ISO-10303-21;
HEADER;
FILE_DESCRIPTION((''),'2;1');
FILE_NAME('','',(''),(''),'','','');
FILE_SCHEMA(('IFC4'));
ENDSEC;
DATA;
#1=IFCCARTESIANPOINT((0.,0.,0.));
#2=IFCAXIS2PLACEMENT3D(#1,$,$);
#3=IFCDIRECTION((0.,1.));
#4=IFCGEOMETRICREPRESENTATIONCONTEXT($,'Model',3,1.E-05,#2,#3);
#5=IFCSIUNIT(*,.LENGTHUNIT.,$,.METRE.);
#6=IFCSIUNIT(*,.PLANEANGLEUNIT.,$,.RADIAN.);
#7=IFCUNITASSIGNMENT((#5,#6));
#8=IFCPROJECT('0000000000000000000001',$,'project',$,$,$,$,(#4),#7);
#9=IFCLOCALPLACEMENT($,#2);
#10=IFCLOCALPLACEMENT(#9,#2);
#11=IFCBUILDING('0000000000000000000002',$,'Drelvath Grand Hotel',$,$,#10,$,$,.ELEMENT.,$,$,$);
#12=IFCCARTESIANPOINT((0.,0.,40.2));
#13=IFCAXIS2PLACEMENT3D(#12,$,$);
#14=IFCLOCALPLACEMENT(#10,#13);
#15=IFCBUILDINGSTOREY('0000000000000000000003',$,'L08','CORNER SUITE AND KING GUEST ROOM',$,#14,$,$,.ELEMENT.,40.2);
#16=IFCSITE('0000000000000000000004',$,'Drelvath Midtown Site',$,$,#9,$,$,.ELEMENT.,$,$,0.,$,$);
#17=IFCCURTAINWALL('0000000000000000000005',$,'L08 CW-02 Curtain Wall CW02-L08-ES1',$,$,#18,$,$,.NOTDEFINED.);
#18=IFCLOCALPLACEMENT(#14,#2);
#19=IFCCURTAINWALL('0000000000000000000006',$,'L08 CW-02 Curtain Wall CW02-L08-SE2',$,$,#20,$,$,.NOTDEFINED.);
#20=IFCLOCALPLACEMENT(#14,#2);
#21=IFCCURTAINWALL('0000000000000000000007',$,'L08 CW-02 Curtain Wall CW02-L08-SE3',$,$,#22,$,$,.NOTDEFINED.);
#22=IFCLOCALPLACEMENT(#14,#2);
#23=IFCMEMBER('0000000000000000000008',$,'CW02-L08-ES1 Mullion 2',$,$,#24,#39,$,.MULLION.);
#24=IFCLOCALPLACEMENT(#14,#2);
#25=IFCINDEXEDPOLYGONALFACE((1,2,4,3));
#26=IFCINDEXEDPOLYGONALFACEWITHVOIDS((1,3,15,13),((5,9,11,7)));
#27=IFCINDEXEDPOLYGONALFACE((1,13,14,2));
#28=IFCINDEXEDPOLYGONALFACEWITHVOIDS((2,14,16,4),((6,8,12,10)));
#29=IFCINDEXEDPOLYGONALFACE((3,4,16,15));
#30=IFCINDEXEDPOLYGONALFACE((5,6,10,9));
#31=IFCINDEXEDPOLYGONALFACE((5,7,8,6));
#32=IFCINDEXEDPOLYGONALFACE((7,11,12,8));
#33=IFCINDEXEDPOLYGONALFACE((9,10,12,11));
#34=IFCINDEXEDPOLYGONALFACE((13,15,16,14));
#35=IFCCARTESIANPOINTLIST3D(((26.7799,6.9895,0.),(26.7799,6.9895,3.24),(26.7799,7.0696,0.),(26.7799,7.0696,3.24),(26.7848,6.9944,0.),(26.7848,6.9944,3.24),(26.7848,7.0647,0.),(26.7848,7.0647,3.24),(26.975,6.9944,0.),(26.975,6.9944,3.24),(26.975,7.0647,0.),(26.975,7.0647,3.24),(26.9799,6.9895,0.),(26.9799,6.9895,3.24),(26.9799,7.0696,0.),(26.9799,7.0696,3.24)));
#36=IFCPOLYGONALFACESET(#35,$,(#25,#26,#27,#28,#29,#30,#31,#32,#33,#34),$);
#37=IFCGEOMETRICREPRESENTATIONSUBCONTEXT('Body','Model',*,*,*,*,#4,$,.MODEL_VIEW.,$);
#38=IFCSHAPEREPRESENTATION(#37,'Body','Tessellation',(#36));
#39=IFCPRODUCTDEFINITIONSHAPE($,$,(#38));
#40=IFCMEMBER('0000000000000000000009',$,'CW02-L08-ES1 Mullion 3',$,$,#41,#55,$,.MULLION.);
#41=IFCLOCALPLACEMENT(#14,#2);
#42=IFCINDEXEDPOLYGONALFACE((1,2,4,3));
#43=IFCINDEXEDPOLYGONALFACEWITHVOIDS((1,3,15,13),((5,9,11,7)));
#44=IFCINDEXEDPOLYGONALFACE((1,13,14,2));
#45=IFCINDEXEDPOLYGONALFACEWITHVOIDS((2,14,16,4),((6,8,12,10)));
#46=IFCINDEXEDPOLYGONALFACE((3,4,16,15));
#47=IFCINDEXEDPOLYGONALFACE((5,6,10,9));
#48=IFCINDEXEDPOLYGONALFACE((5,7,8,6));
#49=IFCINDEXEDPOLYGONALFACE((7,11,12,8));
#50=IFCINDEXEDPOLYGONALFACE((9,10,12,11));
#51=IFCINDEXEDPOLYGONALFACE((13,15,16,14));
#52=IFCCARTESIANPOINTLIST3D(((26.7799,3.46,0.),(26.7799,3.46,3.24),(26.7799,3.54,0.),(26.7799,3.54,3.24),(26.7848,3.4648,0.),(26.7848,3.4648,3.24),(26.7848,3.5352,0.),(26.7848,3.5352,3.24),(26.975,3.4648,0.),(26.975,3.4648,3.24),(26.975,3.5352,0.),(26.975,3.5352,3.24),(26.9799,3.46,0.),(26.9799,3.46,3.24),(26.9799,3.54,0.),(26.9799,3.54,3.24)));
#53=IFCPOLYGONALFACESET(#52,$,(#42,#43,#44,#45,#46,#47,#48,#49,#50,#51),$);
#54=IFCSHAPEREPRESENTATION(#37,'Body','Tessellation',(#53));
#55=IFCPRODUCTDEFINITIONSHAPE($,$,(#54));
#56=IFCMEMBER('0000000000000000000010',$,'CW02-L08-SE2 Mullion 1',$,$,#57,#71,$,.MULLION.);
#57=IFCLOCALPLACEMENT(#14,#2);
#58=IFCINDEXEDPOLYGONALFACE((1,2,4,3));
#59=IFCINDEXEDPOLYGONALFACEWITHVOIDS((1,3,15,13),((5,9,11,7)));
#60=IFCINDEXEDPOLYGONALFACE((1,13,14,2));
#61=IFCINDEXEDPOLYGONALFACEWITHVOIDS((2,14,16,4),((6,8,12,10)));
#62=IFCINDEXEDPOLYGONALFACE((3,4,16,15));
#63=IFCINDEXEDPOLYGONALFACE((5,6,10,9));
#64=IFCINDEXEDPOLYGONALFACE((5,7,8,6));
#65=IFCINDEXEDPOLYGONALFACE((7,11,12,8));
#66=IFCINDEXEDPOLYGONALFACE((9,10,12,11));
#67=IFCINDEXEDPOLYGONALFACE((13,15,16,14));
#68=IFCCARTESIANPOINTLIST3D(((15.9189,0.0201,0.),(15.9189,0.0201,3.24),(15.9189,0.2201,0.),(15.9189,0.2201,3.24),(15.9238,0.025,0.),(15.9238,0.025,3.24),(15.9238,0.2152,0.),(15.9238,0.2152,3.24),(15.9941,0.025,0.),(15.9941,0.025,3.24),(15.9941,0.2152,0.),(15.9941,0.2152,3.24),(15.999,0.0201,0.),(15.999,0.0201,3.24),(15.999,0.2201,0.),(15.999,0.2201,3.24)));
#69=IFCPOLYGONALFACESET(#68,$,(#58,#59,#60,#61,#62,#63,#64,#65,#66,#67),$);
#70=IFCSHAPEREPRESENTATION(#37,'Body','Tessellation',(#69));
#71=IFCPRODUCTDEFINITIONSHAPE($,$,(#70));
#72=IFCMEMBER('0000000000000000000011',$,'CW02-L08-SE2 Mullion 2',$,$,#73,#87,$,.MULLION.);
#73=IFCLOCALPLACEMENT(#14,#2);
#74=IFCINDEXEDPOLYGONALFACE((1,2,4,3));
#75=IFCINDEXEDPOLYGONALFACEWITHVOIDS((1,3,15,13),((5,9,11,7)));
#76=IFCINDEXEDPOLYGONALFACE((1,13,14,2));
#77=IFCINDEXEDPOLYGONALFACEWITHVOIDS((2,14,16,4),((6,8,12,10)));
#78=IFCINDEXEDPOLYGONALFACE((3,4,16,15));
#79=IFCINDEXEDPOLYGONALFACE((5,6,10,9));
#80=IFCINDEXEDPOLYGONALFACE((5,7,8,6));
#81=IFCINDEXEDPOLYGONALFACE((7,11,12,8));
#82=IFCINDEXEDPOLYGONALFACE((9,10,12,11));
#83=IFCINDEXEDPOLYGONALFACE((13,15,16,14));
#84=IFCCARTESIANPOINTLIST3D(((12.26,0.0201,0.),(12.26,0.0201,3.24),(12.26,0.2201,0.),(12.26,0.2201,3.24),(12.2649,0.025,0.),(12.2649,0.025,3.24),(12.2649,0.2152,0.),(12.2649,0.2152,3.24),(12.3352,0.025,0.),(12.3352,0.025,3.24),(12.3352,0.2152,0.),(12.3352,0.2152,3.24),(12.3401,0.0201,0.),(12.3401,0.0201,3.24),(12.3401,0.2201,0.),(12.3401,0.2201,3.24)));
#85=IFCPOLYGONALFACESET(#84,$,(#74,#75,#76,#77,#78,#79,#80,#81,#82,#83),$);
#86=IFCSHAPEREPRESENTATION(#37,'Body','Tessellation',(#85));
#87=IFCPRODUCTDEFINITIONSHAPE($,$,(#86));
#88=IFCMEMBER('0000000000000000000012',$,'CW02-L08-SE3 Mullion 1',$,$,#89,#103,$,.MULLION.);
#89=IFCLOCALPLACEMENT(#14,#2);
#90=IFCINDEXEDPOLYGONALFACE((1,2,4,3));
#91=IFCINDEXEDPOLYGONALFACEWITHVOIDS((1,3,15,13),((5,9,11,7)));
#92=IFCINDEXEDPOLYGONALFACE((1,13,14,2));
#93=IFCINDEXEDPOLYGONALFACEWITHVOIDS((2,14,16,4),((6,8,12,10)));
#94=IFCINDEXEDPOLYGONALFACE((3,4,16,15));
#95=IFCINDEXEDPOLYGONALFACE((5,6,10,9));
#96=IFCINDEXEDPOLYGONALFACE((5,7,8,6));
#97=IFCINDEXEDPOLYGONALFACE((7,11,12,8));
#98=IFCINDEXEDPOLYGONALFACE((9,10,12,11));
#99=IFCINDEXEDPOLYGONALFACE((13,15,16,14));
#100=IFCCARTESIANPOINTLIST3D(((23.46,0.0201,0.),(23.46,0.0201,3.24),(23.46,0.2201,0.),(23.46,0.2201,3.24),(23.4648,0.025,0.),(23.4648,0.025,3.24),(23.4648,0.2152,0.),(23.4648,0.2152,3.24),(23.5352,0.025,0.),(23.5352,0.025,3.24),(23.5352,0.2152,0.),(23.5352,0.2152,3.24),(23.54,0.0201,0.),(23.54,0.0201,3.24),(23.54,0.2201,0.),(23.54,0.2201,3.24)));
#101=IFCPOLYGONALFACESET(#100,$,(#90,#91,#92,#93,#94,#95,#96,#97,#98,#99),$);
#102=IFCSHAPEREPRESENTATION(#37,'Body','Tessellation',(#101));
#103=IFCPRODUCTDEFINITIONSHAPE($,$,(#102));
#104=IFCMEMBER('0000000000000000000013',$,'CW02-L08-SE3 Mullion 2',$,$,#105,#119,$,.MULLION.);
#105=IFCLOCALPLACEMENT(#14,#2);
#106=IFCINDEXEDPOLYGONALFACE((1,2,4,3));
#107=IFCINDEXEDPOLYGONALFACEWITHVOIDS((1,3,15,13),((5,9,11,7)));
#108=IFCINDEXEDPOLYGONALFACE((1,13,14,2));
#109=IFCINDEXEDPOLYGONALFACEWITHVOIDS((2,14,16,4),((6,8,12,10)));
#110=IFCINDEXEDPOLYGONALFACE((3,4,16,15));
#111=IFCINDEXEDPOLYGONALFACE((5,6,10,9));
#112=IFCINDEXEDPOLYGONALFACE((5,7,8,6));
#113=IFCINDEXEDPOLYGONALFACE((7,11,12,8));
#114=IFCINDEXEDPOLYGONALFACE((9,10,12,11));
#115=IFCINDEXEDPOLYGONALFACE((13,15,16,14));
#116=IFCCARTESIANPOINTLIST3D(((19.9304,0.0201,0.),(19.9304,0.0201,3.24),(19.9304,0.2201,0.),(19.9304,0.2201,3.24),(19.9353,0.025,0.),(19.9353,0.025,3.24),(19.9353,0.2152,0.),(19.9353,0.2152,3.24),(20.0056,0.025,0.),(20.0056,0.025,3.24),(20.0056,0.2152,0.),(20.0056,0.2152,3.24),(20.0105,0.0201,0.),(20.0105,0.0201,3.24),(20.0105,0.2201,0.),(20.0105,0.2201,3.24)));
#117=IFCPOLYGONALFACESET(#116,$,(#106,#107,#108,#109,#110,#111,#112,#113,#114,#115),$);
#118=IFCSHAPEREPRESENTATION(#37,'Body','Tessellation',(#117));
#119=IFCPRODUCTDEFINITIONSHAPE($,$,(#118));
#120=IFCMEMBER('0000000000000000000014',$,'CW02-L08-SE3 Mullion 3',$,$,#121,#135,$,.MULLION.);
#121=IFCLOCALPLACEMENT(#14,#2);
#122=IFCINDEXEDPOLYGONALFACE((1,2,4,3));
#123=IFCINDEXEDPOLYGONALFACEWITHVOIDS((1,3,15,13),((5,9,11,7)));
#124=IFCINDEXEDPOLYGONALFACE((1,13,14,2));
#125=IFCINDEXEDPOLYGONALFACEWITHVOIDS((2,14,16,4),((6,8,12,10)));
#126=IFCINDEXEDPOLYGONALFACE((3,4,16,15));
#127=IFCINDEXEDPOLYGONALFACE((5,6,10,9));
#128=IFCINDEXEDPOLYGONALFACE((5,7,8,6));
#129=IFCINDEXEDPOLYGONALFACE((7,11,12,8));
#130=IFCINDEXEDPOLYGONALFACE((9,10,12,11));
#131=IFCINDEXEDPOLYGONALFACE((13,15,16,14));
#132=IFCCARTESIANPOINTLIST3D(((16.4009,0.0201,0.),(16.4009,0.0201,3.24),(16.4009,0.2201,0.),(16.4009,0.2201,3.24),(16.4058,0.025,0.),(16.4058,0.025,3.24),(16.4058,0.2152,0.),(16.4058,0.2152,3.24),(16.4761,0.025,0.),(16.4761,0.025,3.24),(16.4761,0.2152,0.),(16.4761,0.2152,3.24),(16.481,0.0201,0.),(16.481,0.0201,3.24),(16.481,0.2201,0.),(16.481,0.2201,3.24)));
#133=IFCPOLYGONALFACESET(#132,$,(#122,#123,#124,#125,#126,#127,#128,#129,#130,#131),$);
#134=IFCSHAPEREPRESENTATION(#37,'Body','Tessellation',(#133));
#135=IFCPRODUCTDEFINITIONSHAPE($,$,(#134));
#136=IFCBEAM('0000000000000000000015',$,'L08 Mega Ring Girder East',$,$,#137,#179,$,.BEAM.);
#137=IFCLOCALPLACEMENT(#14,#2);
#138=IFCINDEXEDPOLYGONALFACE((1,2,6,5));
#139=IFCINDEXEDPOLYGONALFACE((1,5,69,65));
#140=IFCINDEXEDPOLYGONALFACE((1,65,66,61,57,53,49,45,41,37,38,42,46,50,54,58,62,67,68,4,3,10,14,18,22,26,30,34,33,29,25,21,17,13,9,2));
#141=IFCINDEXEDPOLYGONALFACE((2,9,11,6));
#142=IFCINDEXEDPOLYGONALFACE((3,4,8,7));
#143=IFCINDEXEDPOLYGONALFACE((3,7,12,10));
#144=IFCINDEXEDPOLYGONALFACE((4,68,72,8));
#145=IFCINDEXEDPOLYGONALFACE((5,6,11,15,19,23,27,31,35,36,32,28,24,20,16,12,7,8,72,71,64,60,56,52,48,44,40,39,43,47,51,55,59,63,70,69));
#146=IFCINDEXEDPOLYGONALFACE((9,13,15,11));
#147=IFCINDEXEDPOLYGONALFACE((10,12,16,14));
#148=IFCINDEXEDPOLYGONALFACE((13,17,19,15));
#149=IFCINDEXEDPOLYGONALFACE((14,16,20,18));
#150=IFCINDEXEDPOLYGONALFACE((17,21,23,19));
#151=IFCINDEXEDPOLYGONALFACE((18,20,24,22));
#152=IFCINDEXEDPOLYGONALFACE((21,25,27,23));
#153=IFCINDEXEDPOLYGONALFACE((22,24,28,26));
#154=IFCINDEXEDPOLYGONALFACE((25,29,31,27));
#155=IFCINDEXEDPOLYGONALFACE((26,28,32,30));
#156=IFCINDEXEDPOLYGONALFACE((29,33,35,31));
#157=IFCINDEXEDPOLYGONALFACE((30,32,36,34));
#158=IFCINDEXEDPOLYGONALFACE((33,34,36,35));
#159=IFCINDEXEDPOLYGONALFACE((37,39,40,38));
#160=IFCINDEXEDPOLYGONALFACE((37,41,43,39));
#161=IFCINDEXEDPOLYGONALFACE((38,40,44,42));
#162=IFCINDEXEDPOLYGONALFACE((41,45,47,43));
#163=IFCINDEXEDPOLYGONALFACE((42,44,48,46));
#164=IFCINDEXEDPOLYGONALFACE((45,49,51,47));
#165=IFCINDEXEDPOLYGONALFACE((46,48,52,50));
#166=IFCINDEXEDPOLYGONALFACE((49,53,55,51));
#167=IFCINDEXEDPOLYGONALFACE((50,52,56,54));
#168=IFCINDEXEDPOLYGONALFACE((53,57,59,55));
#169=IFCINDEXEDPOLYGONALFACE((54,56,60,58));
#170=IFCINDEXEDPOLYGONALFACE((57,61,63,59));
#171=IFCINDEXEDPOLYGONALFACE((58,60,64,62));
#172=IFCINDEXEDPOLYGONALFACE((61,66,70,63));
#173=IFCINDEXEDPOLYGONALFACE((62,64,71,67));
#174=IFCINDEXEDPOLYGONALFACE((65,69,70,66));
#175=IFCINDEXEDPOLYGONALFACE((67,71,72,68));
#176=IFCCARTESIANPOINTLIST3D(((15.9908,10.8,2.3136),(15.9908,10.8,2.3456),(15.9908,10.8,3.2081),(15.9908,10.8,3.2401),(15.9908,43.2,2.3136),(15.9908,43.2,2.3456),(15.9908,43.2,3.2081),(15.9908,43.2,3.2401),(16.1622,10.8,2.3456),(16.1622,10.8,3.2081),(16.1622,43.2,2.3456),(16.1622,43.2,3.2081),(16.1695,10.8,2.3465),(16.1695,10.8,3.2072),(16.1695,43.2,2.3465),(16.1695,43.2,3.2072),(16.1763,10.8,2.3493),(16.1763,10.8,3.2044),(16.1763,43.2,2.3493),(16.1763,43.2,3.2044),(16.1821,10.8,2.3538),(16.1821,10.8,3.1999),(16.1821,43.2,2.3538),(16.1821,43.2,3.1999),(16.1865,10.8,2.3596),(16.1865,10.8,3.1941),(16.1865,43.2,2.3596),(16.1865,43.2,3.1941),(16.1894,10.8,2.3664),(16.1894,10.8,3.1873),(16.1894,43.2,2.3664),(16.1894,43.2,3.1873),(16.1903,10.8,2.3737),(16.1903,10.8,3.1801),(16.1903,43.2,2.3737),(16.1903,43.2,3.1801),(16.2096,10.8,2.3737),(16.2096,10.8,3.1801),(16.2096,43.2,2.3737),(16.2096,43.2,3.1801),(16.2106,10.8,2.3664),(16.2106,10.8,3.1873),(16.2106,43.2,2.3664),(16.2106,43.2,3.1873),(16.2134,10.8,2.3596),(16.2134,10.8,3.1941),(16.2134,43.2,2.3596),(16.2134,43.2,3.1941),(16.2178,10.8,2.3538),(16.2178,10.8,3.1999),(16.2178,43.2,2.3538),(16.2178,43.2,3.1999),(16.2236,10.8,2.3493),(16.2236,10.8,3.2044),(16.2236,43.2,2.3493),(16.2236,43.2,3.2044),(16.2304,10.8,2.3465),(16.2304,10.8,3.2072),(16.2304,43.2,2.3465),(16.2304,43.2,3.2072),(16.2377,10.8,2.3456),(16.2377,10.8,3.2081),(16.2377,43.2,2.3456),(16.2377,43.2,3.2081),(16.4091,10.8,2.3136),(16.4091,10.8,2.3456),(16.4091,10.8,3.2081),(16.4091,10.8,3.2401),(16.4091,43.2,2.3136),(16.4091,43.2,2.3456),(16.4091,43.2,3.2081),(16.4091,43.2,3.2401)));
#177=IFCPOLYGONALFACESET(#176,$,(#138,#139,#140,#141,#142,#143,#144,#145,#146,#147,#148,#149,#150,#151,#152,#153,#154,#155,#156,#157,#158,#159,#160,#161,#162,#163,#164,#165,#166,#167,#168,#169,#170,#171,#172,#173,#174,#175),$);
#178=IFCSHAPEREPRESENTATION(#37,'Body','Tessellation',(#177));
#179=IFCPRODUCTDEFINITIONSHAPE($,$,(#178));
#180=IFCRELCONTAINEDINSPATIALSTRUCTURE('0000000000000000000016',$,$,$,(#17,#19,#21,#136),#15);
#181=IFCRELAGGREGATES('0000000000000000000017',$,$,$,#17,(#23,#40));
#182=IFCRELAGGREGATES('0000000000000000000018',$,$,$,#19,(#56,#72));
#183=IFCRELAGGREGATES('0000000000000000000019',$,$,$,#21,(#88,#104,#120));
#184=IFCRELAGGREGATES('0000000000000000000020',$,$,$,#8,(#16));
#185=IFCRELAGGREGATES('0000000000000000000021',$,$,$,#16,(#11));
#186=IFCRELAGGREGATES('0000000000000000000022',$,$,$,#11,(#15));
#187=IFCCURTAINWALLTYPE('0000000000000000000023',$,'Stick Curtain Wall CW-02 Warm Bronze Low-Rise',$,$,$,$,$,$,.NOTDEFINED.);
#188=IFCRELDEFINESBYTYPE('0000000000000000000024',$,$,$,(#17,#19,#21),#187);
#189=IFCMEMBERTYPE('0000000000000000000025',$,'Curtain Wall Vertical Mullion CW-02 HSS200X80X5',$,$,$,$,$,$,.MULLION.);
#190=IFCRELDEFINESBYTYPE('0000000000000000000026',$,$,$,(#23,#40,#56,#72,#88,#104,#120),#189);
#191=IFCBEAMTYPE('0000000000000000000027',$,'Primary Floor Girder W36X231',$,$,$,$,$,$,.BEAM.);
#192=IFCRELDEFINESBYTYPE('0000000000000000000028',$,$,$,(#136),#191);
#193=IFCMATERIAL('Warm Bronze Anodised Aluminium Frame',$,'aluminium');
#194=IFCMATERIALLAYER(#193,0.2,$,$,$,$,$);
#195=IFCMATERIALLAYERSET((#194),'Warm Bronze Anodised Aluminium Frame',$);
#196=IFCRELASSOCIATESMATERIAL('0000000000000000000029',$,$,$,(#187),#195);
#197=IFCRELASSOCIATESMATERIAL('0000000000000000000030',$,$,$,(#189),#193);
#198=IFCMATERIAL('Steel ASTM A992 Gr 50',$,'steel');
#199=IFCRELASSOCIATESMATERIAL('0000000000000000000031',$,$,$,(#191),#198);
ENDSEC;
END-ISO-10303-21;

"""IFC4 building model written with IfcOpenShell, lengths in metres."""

from ifc_helpers import new_model, si_unit, direction, frame, origin, origin_2d, place, context, subcontext, project, spatial, hollow_rectangle, i_section, extrude, material, layer, layer_set, material_profile, profile_set, type_object, element, aggregate, save


model = new_model("IFC4")

# Units and contexts
model_context = context("Model", 3, precision=1e-05, world=origin(), true_north=direction((0.0, 1.0)))
body_context = subcontext(model_context, "Body", "Model", "MODEL_VIEW")
ifc_project = project(units=[si_unit("LENGTHUNIT", "METRE"), si_unit("PLANEANGLEUNIT", "RADIAN")], contexts=[model_context])

# Site, building, storey
site_placement = place(None, origin())
site = spatial("IfcSite", under=ifc_project, at=site_placement, Name="Drelvath Midtown Site", CompositionType="ELEMENT", RefElevation=0.0)
building_placement = place(site_placement, origin())
building = spatial("IfcBuilding", under=site, at=building_placement, Name="Drelvath Grand Hotel", CompositionType="ELEMENT")
storey_placement = place(building_placement, frame((0.0, 0.0, 40.2)))
storey = spatial("IfcBuildingStorey", under=building, at=storey_placement, Name="L08", Description="CORNER SUITE AND KING GUEST ROOM", CompositionType="ELEMENT", Elevation=40.2)

# Shared definitions
ifc_material_1 = material(Name="Steel ASTM A992 Gr 50", Category="steel")

# Curtain walls
ifc_material_2 = material(Name="Warm Bronze Anodised Aluminium Frame", Category="aluminium")
ifc_layer_1 = layer(ifc_material_2, 0.2)
ifc_layer_set_1 = layer_set([ifc_layer_1], Name="Warm Bronze Anodised Aluminium Frame")
curtain_wall_type = type_object("IfcCurtainWallType", Name="Stick Curtain Wall CW-02 Warm Bronze Low-Rise", PredefinedType="NOTDEFINED", material=ifc_layer_set_1)
curtain_wall_1_placement = place(storey_placement, origin())
curtain_wall_1 = element("IfcCurtainWall", 1, at=curtain_wall_1_placement, inside=storey, type_object=curtain_wall_type, Name="L08 CW-02 Curtain Wall CW02-L08-ES1", PredefinedType="NOTDEFINED")
curtain_wall_2_placement = place(storey_placement, origin())
curtain_wall_2 = element("IfcCurtainWall", 2, at=curtain_wall_2_placement, inside=storey, type_object=curtain_wall_type, Name="L08 CW-02 Curtain Wall CW02-L08-SE2", PredefinedType="NOTDEFINED")
curtain_wall_3_placement = place(storey_placement, origin())
curtain_wall_3 = element("IfcCurtainWall", 3, at=curtain_wall_3_placement, inside=storey, type_object=curtain_wall_type, Name="L08 CW-02 Curtain Wall CW02-L08-SE3", PredefinedType="NOTDEFINED")

# Members
ifc_material_profile_1 = material_profile(ifc_material_2, hollow_rectangle(XDim=0.0801, YDim=0.2, WallThickness=0.0049, at=origin_2d()), Name="HSS200X80X5")
ifc_profile_set_1 = profile_set([ifc_material_profile_1], Name="Warm Bronze Anodised Aluminium Frame")
member_type_1 = type_object("IfcMemberType", Name="Curtain Wall Vertical Mullion CW-02 HSS200X80X5", PredefinedType="MULLION", material=ifc_profile_set_1)
member_1_placement = place(storey_placement, frame((26.8799, 7.0295, 0.0), z_axis=(0.0, 0.0, 1.0), x_axis=(0.0, 1.0, 0.0)))
member_1 = element("IfcMember", 4, at=member_1_placement, type_object=member_type_1, Name="CW02-L08-ES1 Mullion 2", PredefinedType="MULLION", context=body_context, shape_type="SweptSolid", body=[
    extrude(hollow_rectangle(XDim=0.0801, YDim=0.2, WallThickness=0.0049, at=origin_2d()), origin(), (0.0, 0.0, 1.0), 3.24),
])
member_2_placement = place(storey_placement, frame((26.8799, 3.5, 0.0), z_axis=(0.0, 0.0, 1.0), x_axis=(0.0, 1.0, 0.0)))
member_2 = element("IfcMember", 5, at=member_2_placement, type_object=member_type_1, Name="CW02-L08-ES1 Mullion 3", PredefinedType="MULLION", context=body_context, shape_type="SweptSolid", body=[
    extrude(hollow_rectangle(XDim=0.0801, YDim=0.2, WallThickness=0.0049, at=origin_2d()), origin(), (0.0, 0.0, 1.0), 3.24),
])
member_3_placement = place(storey_placement, frame((15.959, 0.1201, 0.0), z_axis=(0.0, 0.0, 1.0), x_axis=(1.0, 0.0, 0.0)))
member_3 = element("IfcMember", 6, at=member_3_placement, type_object=member_type_1, Name="CW02-L08-SE2 Mullion 1", PredefinedType="MULLION", context=body_context, shape_type="SweptSolid", body=[
    extrude(hollow_rectangle(XDim=0.0801, YDim=0.2, WallThickness=0.0049, at=origin_2d()), origin(), (0.0, 0.0, 1.0), 3.24),
])
member_4_placement = place(storey_placement, frame((12.3, 0.1201, 0.0), z_axis=(0.0, 0.0, 1.0), x_axis=(1.0, 0.0, 0.0)))
member_4 = element("IfcMember", 7, at=member_4_placement, type_object=member_type_1, Name="CW02-L08-SE2 Mullion 2", PredefinedType="MULLION", context=body_context, shape_type="SweptSolid", body=[
    extrude(hollow_rectangle(XDim=0.0801, YDim=0.2, WallThickness=0.0049, at=origin_2d()), origin(), (0.0, 0.0, 1.0), 3.24),
])
member_5_placement = place(storey_placement, frame((23.5, 0.1201, 0.0), z_axis=(0.0, 0.0, 1.0), x_axis=(1.0, 0.0, 0.0)))
member_5 = element("IfcMember", 8, at=member_5_placement, type_object=member_type_1, Name="CW02-L08-SE3 Mullion 1", PredefinedType="MULLION", context=body_context, shape_type="SweptSolid", body=[
    extrude(hollow_rectangle(XDim=0.0801, YDim=0.2, WallThickness=0.0049, at=origin_2d()), origin(), (0.0, 0.0, 1.0), 3.24),
])
member_6_placement = place(storey_placement, frame((19.9705, 0.1201, 0.0), z_axis=(0.0, 0.0, 1.0), x_axis=(1.0, 0.0, 0.0)))
member_6 = element("IfcMember", 9, at=member_6_placement, type_object=member_type_1, Name="CW02-L08-SE3 Mullion 2", PredefinedType="MULLION", context=body_context, shape_type="SweptSolid", body=[
    extrude(hollow_rectangle(XDim=0.0801, YDim=0.2, WallThickness=0.0049, at=origin_2d()), origin(), (0.0, 0.0, 1.0), 3.24),
])
member_7_placement = place(storey_placement, frame((16.4409, 0.1201, 0.0), z_axis=(0.0, 0.0, 1.0), x_axis=(1.0, 0.0, 0.0)))
member_7 = element("IfcMember", 10, at=member_7_placement, type_object=member_type_1, Name="CW02-L08-SE3 Mullion 3", PredefinedType="MULLION", context=body_context, shape_type="SweptSolid", body=[
    extrude(hollow_rectangle(XDim=0.0801, YDim=0.2, WallThickness=0.0049, at=origin_2d()), origin(), (0.0, 0.0, 1.0), 3.24),
])

# Beam
ifc_material_profile_2 = material_profile(ifc_material_1, i_section(OverallWidth=0.4182, OverallDepth=0.9265, WebThickness=0.0193, FlangeThickness=0.032, FilletRadius=0.0281, at=origin_2d()), Name="W36X231")
ifc_profile_set_2 = profile_set([ifc_material_profile_2], Name="Steel ASTM A992 Gr 50")
beam_type_1 = type_object("IfcBeamType", Name="Primary Floor Girder W36X231", PredefinedType="BEAM", material=ifc_profile_set_2)
beam_1_placement = place(storey_placement, frame((16.2, 10.8, 2.7769), z_axis=(0.0, 1.0, 0.0), x_axis=(-1.0, 0.0, 0.0)))
element("IfcBeam", 11, at=beam_1_placement, inside=storey, type_object=beam_type_1, Name="L08 Mega Ring Girder East", PredefinedType="BEAM", context=body_context, shape_type="SweptSolid", body=[
    extrude(i_section(OverallWidth=0.4182, OverallDepth=0.9265, WebThickness=0.0193, FlangeThickness=0.032, FilletRadius=0.0281, at=origin_2d()), origin(), (0.0, 0.0, 1.0), 32.3999),
])

aggregate(curtain_wall_1, [member_1, member_2])
aggregate(curtain_wall_2, [member_3, member_4])
aggregate(curtain_wall_3, [member_5, member_6, member_7])

save(model, "model.ifc")
